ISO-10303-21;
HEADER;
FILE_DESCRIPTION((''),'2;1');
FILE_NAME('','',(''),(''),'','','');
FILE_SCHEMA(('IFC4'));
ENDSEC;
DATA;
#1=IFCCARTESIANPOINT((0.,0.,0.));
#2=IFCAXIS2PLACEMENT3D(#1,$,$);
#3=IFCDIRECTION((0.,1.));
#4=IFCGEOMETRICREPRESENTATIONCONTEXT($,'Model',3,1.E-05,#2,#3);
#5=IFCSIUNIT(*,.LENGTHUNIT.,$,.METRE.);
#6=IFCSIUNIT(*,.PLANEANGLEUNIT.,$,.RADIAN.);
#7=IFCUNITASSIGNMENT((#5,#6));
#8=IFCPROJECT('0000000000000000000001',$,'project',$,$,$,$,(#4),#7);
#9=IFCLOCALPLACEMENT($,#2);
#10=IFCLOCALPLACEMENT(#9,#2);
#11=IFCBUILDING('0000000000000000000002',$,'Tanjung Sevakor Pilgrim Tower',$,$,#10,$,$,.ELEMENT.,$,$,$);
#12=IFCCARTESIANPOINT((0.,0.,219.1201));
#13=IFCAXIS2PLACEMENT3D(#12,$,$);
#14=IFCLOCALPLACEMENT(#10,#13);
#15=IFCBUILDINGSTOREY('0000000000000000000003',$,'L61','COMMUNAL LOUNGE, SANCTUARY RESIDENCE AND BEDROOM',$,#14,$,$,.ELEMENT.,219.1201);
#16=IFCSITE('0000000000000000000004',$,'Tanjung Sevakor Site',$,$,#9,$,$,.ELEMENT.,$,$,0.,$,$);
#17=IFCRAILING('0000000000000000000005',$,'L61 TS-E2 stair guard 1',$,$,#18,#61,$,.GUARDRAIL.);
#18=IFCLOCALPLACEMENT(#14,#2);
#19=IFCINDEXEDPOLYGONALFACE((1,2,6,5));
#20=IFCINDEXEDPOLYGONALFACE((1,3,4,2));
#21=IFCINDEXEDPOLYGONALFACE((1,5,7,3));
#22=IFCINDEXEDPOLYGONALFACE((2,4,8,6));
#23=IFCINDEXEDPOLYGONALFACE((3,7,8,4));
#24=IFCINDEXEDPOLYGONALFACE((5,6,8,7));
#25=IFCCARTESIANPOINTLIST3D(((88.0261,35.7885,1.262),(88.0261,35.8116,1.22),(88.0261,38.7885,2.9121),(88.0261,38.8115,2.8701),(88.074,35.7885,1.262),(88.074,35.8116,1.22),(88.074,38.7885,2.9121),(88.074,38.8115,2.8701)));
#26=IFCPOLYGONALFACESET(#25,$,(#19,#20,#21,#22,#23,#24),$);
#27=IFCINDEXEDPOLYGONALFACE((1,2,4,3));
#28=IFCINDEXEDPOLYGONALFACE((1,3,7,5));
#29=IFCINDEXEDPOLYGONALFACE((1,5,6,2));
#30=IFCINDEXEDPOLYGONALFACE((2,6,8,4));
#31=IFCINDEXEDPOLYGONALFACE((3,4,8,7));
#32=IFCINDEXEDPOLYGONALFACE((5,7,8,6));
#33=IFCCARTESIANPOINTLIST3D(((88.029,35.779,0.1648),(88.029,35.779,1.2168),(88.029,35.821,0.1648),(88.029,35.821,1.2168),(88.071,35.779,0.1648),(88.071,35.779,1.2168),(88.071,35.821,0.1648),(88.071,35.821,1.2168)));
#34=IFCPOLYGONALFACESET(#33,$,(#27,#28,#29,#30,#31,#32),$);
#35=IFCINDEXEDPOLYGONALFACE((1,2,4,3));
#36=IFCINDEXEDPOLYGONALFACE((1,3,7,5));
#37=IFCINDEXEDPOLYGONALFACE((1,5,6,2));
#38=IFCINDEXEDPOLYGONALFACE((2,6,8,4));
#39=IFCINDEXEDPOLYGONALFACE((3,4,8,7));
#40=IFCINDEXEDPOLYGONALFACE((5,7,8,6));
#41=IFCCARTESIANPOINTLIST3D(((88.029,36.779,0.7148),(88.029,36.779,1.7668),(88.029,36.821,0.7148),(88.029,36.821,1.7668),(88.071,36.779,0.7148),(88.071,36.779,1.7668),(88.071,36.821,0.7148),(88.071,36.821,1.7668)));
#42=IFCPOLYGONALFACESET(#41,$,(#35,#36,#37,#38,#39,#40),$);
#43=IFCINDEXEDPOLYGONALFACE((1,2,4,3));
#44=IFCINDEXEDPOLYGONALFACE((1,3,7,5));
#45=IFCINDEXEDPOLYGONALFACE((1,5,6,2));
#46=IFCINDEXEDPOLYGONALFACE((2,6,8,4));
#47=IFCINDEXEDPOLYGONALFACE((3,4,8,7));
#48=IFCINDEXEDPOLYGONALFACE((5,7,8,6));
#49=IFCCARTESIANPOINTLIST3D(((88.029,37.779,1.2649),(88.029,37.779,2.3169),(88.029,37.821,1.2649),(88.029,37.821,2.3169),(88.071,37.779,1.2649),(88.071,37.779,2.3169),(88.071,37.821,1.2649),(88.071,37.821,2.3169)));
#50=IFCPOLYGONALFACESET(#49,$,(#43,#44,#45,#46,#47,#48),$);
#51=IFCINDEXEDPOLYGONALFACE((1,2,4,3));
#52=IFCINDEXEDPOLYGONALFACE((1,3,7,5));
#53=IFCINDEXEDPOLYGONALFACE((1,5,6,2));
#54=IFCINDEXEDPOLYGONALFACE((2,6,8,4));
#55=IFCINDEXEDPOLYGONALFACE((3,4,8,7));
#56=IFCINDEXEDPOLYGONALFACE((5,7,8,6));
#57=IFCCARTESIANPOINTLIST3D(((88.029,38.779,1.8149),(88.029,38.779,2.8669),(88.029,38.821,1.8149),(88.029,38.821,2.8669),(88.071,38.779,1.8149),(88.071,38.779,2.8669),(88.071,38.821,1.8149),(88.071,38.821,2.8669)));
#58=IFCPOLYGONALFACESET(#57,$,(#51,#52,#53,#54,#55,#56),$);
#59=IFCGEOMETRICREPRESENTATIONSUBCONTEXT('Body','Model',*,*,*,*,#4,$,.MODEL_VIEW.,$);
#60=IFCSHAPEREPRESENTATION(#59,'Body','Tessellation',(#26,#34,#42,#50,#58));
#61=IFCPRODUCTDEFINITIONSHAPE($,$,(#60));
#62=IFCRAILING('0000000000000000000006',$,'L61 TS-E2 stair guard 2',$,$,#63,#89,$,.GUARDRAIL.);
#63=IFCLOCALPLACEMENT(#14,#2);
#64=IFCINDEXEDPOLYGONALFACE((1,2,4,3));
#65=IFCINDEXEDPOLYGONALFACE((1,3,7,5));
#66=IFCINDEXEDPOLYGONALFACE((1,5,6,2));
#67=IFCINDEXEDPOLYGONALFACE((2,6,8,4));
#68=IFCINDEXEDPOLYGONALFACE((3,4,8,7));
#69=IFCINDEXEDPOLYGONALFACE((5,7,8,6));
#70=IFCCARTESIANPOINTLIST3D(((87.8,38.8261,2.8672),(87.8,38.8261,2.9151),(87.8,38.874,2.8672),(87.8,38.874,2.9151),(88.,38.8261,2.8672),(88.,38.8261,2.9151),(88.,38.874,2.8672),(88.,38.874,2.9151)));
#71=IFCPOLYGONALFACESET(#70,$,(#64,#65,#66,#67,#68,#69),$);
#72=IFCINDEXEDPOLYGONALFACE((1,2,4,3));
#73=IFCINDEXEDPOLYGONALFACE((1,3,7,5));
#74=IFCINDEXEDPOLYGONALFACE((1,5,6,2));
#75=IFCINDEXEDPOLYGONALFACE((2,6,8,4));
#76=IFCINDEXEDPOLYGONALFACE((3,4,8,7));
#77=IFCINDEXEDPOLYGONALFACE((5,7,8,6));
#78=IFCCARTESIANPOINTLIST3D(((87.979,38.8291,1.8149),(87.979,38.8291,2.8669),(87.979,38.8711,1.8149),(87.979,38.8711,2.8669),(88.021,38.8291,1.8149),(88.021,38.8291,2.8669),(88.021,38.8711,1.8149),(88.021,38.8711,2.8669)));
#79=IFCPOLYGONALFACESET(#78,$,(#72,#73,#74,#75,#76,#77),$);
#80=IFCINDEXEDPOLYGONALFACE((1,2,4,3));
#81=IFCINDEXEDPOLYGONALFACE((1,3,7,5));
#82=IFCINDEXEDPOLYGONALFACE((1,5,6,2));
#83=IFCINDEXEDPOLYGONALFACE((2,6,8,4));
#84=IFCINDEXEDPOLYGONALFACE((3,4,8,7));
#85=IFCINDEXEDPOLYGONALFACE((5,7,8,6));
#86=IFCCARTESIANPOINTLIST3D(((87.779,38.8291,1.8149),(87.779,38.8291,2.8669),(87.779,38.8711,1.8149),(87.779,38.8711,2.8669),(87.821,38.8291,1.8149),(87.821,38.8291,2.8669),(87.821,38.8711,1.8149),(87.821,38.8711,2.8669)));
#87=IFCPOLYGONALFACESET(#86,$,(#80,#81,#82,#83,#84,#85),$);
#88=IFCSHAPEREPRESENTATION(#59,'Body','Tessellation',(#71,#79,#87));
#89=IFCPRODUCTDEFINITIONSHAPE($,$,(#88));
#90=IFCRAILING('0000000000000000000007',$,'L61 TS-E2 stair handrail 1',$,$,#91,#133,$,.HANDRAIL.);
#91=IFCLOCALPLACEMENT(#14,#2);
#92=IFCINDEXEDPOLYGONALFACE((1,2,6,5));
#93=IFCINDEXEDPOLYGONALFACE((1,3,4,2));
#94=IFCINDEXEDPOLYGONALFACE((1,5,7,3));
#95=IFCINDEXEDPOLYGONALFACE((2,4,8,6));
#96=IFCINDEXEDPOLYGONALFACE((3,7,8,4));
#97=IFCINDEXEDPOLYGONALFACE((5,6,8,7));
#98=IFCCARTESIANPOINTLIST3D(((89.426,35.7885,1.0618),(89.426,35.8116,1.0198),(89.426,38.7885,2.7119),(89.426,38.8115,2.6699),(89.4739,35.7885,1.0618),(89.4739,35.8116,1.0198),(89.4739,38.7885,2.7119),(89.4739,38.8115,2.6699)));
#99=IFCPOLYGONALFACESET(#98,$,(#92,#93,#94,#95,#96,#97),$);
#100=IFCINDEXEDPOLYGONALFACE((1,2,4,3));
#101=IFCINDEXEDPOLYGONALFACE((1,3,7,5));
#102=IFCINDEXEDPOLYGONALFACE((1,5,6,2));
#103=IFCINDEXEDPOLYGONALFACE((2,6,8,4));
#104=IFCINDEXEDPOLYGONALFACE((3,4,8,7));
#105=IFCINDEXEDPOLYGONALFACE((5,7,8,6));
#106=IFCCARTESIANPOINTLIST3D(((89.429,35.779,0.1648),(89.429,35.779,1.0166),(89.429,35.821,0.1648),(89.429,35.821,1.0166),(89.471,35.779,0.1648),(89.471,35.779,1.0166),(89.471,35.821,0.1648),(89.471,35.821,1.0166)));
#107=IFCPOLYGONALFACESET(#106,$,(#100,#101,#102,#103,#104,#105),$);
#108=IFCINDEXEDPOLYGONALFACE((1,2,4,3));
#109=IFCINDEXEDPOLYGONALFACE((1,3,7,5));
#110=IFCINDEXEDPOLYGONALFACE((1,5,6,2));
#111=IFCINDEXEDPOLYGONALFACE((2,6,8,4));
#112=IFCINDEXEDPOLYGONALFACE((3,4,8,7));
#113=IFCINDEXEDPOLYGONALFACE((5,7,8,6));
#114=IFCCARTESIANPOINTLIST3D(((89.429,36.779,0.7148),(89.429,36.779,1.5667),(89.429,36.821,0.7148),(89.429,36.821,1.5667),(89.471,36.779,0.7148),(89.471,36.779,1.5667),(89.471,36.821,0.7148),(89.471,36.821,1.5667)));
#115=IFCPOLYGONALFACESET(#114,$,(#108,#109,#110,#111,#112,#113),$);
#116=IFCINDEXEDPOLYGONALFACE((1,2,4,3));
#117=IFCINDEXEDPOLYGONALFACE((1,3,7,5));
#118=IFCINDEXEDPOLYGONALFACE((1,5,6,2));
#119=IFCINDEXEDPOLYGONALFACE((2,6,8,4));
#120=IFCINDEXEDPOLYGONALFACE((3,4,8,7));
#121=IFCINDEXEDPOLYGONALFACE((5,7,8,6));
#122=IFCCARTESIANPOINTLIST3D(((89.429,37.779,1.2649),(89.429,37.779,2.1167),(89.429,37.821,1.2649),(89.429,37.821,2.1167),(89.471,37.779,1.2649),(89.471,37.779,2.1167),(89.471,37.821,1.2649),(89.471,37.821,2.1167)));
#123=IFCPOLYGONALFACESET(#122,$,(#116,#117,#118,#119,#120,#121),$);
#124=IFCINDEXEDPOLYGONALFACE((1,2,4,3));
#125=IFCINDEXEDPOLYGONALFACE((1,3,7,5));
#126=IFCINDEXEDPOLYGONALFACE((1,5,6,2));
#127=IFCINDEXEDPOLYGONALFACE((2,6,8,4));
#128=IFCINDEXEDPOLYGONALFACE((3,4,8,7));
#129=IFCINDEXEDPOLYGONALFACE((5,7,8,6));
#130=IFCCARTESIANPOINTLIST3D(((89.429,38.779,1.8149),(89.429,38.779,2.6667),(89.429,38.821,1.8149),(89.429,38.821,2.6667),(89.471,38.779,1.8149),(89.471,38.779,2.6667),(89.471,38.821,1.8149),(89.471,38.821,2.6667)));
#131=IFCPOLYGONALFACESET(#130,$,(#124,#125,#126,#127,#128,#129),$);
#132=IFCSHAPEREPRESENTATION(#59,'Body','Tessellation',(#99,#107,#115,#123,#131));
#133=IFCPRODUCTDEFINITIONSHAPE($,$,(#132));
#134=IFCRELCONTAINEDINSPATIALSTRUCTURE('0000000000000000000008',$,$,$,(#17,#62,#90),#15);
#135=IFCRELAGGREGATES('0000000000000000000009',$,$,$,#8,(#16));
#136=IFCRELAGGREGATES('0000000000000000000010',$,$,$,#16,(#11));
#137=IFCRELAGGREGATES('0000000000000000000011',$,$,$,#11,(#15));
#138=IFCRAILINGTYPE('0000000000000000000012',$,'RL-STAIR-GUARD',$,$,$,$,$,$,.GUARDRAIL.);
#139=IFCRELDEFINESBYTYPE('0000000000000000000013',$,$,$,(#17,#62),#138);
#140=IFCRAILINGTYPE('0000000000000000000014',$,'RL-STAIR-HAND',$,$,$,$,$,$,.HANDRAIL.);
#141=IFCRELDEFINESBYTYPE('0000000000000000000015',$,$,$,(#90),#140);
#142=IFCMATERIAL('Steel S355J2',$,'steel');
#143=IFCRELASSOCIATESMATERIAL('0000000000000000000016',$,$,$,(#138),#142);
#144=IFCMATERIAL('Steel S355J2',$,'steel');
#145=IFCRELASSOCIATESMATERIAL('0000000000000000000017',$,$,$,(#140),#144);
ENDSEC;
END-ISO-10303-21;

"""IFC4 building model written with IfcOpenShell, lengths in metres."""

from ifc_helpers import new_model, si_unit, direction, frame, origin, place, context, subcontext, project, spatial, rectangle, extrude, material, type_object, element, save


model = new_model("IFC4")

# Units and contexts
model_context = context("Model", 3, precision=1e-05, world=origin(), true_north=direction((0.0, 1.0)))
body_context = subcontext(model_context, "Body", "Model", "MODEL_VIEW")
ifc_project = project(units=[si_unit("LENGTHUNIT", "METRE"), si_unit("PLANEANGLEUNIT", "RADIAN")], contexts=[model_context])

# Site, building, storey
site_placement = place(None, origin())
site = spatial("IfcSite", under=ifc_project, at=site_placement, Name="Tanjung Sevakor Site", CompositionType="ELEMENT", RefElevation=0.0)
building_placement = place(site_placement, origin())
building = spatial("IfcBuilding", under=site, at=building_placement, Name="Tanjung Sevakor Pilgrim Tower", CompositionType="ELEMENT")
storey_placement = place(building_placement, frame((0.0, 0.0, 219.1201)))
storey = spatial("IfcBuildingStorey", under=building, at=storey_placement, Name="L61", Description="COMMUNAL LOUNGE, SANCTUARY RESIDENCE AND BEDROOM", CompositionType="ELEMENT", Elevation=219.1201)

# Railings
ifc_material_1 = material(Name="Steel S355J2", Category="steel")
railing_type_1 = type_object("IfcRailingType", Name="RL-STAIR-GUARD", PredefinedType="GUARDRAIL", material=ifc_material_1)
railing_1_placement = place(storey_placement, frame((88.05, 35.8, 0.1648)))
element("IfcRailing", 1, at=railing_1_placement, inside=storey, type_object=railing_type_1, Name="L61 TS-E2 stair guard 1", PredefinedType="GUARDRAIL", context=body_context, shape_type="SweptSolid", body=[
    extrude(rectangle(XDim=0.0479, YDim=0.0479), frame((0.0, 0.0, 1.0762), z_axis=(0.0, 0.876198, 0.481952), x_axis=(-1.0, 0.0, 0.0)), (0.0, 0.0, 1.0), 3.4238),
    extrude(rectangle(XDim=0.042, YDim=0.042), origin(), (0.0, 0.0, 1.0), 1.052),
    extrude(rectangle(XDim=0.042, YDim=0.042), frame((0.0, 1.0, 0.55)), (0.0, 0.0, 1.0), 1.052),
    extrude(rectangle(XDim=0.042, YDim=0.042), frame((0.0, 2.0, 1.1001)), (0.0, 0.0, 1.0), 1.052),
    extrude(rectangle(XDim=0.042, YDim=0.042), frame((0.0, 3.0, 1.6501)), (0.0, 0.0, 1.0), 1.052),
])
railing_2_placement = place(storey_placement, frame((88.0, 38.8501, 1.8149)))
element("IfcRailing", 2, at=railing_2_placement, inside=storey, type_object=railing_type_1, Name="L61 TS-E2 stair guard 2", PredefinedType="GUARDRAIL", context=body_context, shape_type="SweptSolid", body=[
    extrude(rectangle(XDim=0.0479, YDim=0.0479), frame((0.0, 0.0, 1.0762), z_axis=(-1.0, 0.0, 0.0), x_axis=(0.0, -1.0, 0.0)), (0.0, 0.0, 1.0), 0.2),
    extrude(rectangle(XDim=0.042, YDim=0.042), origin(), (0.0, 0.0, 1.0), 1.052),
    extrude(rectangle(XDim=0.042, YDim=0.042), frame((-0.2, 0.0, 0.0)), (0.0, 0.0, 1.0), 1.052),
])
ifc_material_2 = material(Name="Steel S355J2", Category="steel")
railing_type_2 = type_object("IfcRailingType", Name="RL-STAIR-HAND", PredefinedType="HANDRAIL", material=ifc_material_2)
railing_3_placement = place(storey_placement, frame((89.45, 35.8, 0.1648)))
element("IfcRailing", 3, at=railing_3_placement, inside=storey, type_object=railing_type_2, Name="L61 TS-E2 stair handrail 1", PredefinedType="HANDRAIL", context=body_context, shape_type="SweptSolid", body=[
    extrude(rectangle(XDim=0.0479, YDim=0.0479), frame((0.0, 0.0, 0.876), z_axis=(0.0, 0.876198, 0.481952), x_axis=(-1.0, 0.0, 0.0)), (0.0, 0.0, 1.0), 3.4238),
    extrude(rectangle(XDim=0.042, YDim=0.042), origin(), (0.0, 0.0, 1.0), 0.8518),
    extrude(rectangle(XDim=0.042, YDim=0.042), frame((0.0, 1.0, 0.55)), (0.0, 0.0, 1.0), 0.8518),
    extrude(rectangle(XDim=0.042, YDim=0.042), frame((0.0, 2.0, 1.1001)), (0.0, 0.0, 1.0), 0.8518),
    extrude(rectangle(XDim=0.042, YDim=0.042), frame((0.0, 3.0, 1.6501)), (0.0, 0.0, 1.0), 0.8518),
])

save(model, "model.ifc")
